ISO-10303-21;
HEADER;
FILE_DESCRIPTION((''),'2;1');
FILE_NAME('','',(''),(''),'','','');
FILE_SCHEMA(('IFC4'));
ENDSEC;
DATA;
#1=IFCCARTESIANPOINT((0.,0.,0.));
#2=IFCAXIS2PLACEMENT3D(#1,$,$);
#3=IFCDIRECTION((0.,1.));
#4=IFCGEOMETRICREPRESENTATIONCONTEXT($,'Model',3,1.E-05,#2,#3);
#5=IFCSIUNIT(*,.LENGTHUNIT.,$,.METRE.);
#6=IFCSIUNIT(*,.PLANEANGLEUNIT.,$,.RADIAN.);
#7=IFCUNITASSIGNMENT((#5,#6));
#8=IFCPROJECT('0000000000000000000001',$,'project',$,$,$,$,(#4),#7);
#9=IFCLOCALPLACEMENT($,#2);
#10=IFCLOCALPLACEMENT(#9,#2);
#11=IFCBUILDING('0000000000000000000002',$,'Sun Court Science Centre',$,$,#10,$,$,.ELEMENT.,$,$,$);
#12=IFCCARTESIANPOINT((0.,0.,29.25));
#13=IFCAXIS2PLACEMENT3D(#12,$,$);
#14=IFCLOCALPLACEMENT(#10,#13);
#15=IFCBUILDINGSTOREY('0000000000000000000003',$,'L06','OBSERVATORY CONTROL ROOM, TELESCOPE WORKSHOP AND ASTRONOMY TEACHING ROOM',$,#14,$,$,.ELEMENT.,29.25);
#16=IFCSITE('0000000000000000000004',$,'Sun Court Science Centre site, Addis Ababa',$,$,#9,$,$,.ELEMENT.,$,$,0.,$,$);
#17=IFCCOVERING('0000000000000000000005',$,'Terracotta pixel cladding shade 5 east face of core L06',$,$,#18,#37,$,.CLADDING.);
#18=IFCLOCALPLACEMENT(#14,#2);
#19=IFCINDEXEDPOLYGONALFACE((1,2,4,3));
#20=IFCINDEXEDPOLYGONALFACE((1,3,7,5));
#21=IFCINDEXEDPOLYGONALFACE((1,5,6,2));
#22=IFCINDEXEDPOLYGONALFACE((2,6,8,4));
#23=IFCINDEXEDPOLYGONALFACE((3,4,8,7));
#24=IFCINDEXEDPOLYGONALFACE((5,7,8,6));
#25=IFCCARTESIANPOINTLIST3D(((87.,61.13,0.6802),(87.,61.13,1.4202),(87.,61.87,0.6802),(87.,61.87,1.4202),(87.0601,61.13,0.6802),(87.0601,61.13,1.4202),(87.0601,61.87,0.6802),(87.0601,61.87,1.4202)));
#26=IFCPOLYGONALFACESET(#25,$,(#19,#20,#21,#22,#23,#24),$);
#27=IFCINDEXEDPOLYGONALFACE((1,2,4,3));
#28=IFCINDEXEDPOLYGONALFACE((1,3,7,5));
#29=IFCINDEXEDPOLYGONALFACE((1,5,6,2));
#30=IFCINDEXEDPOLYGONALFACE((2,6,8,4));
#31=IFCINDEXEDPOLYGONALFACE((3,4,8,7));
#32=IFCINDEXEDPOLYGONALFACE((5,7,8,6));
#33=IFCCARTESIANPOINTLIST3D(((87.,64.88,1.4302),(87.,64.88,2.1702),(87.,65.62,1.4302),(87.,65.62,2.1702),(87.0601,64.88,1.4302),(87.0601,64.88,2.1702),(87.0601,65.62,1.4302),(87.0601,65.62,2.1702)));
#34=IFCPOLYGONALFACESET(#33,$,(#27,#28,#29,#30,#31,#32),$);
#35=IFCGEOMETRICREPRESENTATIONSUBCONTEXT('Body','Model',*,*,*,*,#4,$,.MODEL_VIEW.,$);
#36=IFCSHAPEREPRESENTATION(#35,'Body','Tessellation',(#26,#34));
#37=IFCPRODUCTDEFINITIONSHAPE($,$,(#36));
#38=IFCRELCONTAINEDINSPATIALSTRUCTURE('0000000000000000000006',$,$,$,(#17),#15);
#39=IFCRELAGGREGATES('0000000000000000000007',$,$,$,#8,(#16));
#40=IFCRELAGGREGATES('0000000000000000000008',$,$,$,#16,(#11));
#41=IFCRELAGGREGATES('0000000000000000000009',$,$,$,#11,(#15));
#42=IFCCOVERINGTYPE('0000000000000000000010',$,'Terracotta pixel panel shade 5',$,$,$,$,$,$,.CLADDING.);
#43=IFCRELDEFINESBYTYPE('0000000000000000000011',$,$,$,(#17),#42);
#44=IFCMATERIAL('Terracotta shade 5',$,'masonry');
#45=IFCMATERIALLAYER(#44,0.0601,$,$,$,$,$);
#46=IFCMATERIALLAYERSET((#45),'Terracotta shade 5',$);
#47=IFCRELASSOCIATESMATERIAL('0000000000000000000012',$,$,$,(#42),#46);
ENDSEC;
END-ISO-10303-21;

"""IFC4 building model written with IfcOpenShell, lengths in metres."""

from ifc_helpers import new_model, si_unit, direction, frame, origin, origin_2d, place, context, subcontext, project, spatial, rectangle, extrude, material, layer, layer_set, type_object, element, save


model = new_model("IFC4")

# Units and contexts
model_context = context("Model", 3, precision=1e-05, world=origin(), true_north=direction((0.0, 1.0)))
body_context = subcontext(model_context, "Body", "Model", "MODEL_VIEW")
ifc_project = project(units=[si_unit("LENGTHUNIT", "METRE"), si_unit("PLANEANGLEUNIT", "RADIAN")], contexts=[model_context])

# Site, building, storey
site_placement = place(None, origin())
site = spatial("IfcSite", under=ifc_project, at=site_placement, Name="Sun Court Science Centre site, Addis Ababa", CompositionType="ELEMENT", RefElevation=0.0)
building_placement = place(site_placement, origin())
building = spatial("IfcBuilding", under=site, at=building_placement, Name="Sun Court Science Centre", CompositionType="ELEMENT")
storey_placement = place(building_placement, frame((0.0, 0.0, 29.25)))
storey = spatial("IfcBuildingStorey", under=building, at=storey_placement, Name="L06", Description="OBSERVATORY CONTROL ROOM, TELESCOPE WORKSHOP AND ASTRONOMY TEACHING ROOM", CompositionType="ELEMENT", Elevation=29.25)

# Covering
ifc_material_1 = material(Name="Terracotta shade 5", Category="masonry")
ifc_layer_1 = layer(ifc_material_1, 0.0601)
ifc_layer_set_1 = layer_set([ifc_layer_1], Name="Terracotta shade 5")
covering_type_1 = type_object("IfcCoveringType", Name="Terracotta pixel panel shade 5", PredefinedType="CLADDING", material=ifc_layer_set_1)
covering_1_placement = place(storey_placement, frame((0.0, 0.0, -29.25)))
element("IfcCovering", 1, at=covering_1_placement, inside=storey, type_object=covering_type_1, Name="Terracotta pixel cladding shade 5 east face of core L06", PredefinedType="CLADDING", context=body_context, shape_type="SweptSolid", body=[
    extrude(rectangle(XDim=0.74, YDim=0.0601, at=origin_2d()), frame((87.03, 61.5, 29.9302), z_axis=(0.0, 0.0, 1.0), x_axis=(0.0, -1.0, 0.0)), (0.0, 0.0, 1.0), 0.74),
    extrude(rectangle(XDim=0.74, YDim=0.0601, at=origin_2d()), frame((87.03, 65.25, 30.6802), z_axis=(0.0, 0.0, 1.0), x_axis=(0.0, -1.0, 0.0)), (0.0, 0.0, 1.0), 0.74),
])

save(model, "model.ifc")
